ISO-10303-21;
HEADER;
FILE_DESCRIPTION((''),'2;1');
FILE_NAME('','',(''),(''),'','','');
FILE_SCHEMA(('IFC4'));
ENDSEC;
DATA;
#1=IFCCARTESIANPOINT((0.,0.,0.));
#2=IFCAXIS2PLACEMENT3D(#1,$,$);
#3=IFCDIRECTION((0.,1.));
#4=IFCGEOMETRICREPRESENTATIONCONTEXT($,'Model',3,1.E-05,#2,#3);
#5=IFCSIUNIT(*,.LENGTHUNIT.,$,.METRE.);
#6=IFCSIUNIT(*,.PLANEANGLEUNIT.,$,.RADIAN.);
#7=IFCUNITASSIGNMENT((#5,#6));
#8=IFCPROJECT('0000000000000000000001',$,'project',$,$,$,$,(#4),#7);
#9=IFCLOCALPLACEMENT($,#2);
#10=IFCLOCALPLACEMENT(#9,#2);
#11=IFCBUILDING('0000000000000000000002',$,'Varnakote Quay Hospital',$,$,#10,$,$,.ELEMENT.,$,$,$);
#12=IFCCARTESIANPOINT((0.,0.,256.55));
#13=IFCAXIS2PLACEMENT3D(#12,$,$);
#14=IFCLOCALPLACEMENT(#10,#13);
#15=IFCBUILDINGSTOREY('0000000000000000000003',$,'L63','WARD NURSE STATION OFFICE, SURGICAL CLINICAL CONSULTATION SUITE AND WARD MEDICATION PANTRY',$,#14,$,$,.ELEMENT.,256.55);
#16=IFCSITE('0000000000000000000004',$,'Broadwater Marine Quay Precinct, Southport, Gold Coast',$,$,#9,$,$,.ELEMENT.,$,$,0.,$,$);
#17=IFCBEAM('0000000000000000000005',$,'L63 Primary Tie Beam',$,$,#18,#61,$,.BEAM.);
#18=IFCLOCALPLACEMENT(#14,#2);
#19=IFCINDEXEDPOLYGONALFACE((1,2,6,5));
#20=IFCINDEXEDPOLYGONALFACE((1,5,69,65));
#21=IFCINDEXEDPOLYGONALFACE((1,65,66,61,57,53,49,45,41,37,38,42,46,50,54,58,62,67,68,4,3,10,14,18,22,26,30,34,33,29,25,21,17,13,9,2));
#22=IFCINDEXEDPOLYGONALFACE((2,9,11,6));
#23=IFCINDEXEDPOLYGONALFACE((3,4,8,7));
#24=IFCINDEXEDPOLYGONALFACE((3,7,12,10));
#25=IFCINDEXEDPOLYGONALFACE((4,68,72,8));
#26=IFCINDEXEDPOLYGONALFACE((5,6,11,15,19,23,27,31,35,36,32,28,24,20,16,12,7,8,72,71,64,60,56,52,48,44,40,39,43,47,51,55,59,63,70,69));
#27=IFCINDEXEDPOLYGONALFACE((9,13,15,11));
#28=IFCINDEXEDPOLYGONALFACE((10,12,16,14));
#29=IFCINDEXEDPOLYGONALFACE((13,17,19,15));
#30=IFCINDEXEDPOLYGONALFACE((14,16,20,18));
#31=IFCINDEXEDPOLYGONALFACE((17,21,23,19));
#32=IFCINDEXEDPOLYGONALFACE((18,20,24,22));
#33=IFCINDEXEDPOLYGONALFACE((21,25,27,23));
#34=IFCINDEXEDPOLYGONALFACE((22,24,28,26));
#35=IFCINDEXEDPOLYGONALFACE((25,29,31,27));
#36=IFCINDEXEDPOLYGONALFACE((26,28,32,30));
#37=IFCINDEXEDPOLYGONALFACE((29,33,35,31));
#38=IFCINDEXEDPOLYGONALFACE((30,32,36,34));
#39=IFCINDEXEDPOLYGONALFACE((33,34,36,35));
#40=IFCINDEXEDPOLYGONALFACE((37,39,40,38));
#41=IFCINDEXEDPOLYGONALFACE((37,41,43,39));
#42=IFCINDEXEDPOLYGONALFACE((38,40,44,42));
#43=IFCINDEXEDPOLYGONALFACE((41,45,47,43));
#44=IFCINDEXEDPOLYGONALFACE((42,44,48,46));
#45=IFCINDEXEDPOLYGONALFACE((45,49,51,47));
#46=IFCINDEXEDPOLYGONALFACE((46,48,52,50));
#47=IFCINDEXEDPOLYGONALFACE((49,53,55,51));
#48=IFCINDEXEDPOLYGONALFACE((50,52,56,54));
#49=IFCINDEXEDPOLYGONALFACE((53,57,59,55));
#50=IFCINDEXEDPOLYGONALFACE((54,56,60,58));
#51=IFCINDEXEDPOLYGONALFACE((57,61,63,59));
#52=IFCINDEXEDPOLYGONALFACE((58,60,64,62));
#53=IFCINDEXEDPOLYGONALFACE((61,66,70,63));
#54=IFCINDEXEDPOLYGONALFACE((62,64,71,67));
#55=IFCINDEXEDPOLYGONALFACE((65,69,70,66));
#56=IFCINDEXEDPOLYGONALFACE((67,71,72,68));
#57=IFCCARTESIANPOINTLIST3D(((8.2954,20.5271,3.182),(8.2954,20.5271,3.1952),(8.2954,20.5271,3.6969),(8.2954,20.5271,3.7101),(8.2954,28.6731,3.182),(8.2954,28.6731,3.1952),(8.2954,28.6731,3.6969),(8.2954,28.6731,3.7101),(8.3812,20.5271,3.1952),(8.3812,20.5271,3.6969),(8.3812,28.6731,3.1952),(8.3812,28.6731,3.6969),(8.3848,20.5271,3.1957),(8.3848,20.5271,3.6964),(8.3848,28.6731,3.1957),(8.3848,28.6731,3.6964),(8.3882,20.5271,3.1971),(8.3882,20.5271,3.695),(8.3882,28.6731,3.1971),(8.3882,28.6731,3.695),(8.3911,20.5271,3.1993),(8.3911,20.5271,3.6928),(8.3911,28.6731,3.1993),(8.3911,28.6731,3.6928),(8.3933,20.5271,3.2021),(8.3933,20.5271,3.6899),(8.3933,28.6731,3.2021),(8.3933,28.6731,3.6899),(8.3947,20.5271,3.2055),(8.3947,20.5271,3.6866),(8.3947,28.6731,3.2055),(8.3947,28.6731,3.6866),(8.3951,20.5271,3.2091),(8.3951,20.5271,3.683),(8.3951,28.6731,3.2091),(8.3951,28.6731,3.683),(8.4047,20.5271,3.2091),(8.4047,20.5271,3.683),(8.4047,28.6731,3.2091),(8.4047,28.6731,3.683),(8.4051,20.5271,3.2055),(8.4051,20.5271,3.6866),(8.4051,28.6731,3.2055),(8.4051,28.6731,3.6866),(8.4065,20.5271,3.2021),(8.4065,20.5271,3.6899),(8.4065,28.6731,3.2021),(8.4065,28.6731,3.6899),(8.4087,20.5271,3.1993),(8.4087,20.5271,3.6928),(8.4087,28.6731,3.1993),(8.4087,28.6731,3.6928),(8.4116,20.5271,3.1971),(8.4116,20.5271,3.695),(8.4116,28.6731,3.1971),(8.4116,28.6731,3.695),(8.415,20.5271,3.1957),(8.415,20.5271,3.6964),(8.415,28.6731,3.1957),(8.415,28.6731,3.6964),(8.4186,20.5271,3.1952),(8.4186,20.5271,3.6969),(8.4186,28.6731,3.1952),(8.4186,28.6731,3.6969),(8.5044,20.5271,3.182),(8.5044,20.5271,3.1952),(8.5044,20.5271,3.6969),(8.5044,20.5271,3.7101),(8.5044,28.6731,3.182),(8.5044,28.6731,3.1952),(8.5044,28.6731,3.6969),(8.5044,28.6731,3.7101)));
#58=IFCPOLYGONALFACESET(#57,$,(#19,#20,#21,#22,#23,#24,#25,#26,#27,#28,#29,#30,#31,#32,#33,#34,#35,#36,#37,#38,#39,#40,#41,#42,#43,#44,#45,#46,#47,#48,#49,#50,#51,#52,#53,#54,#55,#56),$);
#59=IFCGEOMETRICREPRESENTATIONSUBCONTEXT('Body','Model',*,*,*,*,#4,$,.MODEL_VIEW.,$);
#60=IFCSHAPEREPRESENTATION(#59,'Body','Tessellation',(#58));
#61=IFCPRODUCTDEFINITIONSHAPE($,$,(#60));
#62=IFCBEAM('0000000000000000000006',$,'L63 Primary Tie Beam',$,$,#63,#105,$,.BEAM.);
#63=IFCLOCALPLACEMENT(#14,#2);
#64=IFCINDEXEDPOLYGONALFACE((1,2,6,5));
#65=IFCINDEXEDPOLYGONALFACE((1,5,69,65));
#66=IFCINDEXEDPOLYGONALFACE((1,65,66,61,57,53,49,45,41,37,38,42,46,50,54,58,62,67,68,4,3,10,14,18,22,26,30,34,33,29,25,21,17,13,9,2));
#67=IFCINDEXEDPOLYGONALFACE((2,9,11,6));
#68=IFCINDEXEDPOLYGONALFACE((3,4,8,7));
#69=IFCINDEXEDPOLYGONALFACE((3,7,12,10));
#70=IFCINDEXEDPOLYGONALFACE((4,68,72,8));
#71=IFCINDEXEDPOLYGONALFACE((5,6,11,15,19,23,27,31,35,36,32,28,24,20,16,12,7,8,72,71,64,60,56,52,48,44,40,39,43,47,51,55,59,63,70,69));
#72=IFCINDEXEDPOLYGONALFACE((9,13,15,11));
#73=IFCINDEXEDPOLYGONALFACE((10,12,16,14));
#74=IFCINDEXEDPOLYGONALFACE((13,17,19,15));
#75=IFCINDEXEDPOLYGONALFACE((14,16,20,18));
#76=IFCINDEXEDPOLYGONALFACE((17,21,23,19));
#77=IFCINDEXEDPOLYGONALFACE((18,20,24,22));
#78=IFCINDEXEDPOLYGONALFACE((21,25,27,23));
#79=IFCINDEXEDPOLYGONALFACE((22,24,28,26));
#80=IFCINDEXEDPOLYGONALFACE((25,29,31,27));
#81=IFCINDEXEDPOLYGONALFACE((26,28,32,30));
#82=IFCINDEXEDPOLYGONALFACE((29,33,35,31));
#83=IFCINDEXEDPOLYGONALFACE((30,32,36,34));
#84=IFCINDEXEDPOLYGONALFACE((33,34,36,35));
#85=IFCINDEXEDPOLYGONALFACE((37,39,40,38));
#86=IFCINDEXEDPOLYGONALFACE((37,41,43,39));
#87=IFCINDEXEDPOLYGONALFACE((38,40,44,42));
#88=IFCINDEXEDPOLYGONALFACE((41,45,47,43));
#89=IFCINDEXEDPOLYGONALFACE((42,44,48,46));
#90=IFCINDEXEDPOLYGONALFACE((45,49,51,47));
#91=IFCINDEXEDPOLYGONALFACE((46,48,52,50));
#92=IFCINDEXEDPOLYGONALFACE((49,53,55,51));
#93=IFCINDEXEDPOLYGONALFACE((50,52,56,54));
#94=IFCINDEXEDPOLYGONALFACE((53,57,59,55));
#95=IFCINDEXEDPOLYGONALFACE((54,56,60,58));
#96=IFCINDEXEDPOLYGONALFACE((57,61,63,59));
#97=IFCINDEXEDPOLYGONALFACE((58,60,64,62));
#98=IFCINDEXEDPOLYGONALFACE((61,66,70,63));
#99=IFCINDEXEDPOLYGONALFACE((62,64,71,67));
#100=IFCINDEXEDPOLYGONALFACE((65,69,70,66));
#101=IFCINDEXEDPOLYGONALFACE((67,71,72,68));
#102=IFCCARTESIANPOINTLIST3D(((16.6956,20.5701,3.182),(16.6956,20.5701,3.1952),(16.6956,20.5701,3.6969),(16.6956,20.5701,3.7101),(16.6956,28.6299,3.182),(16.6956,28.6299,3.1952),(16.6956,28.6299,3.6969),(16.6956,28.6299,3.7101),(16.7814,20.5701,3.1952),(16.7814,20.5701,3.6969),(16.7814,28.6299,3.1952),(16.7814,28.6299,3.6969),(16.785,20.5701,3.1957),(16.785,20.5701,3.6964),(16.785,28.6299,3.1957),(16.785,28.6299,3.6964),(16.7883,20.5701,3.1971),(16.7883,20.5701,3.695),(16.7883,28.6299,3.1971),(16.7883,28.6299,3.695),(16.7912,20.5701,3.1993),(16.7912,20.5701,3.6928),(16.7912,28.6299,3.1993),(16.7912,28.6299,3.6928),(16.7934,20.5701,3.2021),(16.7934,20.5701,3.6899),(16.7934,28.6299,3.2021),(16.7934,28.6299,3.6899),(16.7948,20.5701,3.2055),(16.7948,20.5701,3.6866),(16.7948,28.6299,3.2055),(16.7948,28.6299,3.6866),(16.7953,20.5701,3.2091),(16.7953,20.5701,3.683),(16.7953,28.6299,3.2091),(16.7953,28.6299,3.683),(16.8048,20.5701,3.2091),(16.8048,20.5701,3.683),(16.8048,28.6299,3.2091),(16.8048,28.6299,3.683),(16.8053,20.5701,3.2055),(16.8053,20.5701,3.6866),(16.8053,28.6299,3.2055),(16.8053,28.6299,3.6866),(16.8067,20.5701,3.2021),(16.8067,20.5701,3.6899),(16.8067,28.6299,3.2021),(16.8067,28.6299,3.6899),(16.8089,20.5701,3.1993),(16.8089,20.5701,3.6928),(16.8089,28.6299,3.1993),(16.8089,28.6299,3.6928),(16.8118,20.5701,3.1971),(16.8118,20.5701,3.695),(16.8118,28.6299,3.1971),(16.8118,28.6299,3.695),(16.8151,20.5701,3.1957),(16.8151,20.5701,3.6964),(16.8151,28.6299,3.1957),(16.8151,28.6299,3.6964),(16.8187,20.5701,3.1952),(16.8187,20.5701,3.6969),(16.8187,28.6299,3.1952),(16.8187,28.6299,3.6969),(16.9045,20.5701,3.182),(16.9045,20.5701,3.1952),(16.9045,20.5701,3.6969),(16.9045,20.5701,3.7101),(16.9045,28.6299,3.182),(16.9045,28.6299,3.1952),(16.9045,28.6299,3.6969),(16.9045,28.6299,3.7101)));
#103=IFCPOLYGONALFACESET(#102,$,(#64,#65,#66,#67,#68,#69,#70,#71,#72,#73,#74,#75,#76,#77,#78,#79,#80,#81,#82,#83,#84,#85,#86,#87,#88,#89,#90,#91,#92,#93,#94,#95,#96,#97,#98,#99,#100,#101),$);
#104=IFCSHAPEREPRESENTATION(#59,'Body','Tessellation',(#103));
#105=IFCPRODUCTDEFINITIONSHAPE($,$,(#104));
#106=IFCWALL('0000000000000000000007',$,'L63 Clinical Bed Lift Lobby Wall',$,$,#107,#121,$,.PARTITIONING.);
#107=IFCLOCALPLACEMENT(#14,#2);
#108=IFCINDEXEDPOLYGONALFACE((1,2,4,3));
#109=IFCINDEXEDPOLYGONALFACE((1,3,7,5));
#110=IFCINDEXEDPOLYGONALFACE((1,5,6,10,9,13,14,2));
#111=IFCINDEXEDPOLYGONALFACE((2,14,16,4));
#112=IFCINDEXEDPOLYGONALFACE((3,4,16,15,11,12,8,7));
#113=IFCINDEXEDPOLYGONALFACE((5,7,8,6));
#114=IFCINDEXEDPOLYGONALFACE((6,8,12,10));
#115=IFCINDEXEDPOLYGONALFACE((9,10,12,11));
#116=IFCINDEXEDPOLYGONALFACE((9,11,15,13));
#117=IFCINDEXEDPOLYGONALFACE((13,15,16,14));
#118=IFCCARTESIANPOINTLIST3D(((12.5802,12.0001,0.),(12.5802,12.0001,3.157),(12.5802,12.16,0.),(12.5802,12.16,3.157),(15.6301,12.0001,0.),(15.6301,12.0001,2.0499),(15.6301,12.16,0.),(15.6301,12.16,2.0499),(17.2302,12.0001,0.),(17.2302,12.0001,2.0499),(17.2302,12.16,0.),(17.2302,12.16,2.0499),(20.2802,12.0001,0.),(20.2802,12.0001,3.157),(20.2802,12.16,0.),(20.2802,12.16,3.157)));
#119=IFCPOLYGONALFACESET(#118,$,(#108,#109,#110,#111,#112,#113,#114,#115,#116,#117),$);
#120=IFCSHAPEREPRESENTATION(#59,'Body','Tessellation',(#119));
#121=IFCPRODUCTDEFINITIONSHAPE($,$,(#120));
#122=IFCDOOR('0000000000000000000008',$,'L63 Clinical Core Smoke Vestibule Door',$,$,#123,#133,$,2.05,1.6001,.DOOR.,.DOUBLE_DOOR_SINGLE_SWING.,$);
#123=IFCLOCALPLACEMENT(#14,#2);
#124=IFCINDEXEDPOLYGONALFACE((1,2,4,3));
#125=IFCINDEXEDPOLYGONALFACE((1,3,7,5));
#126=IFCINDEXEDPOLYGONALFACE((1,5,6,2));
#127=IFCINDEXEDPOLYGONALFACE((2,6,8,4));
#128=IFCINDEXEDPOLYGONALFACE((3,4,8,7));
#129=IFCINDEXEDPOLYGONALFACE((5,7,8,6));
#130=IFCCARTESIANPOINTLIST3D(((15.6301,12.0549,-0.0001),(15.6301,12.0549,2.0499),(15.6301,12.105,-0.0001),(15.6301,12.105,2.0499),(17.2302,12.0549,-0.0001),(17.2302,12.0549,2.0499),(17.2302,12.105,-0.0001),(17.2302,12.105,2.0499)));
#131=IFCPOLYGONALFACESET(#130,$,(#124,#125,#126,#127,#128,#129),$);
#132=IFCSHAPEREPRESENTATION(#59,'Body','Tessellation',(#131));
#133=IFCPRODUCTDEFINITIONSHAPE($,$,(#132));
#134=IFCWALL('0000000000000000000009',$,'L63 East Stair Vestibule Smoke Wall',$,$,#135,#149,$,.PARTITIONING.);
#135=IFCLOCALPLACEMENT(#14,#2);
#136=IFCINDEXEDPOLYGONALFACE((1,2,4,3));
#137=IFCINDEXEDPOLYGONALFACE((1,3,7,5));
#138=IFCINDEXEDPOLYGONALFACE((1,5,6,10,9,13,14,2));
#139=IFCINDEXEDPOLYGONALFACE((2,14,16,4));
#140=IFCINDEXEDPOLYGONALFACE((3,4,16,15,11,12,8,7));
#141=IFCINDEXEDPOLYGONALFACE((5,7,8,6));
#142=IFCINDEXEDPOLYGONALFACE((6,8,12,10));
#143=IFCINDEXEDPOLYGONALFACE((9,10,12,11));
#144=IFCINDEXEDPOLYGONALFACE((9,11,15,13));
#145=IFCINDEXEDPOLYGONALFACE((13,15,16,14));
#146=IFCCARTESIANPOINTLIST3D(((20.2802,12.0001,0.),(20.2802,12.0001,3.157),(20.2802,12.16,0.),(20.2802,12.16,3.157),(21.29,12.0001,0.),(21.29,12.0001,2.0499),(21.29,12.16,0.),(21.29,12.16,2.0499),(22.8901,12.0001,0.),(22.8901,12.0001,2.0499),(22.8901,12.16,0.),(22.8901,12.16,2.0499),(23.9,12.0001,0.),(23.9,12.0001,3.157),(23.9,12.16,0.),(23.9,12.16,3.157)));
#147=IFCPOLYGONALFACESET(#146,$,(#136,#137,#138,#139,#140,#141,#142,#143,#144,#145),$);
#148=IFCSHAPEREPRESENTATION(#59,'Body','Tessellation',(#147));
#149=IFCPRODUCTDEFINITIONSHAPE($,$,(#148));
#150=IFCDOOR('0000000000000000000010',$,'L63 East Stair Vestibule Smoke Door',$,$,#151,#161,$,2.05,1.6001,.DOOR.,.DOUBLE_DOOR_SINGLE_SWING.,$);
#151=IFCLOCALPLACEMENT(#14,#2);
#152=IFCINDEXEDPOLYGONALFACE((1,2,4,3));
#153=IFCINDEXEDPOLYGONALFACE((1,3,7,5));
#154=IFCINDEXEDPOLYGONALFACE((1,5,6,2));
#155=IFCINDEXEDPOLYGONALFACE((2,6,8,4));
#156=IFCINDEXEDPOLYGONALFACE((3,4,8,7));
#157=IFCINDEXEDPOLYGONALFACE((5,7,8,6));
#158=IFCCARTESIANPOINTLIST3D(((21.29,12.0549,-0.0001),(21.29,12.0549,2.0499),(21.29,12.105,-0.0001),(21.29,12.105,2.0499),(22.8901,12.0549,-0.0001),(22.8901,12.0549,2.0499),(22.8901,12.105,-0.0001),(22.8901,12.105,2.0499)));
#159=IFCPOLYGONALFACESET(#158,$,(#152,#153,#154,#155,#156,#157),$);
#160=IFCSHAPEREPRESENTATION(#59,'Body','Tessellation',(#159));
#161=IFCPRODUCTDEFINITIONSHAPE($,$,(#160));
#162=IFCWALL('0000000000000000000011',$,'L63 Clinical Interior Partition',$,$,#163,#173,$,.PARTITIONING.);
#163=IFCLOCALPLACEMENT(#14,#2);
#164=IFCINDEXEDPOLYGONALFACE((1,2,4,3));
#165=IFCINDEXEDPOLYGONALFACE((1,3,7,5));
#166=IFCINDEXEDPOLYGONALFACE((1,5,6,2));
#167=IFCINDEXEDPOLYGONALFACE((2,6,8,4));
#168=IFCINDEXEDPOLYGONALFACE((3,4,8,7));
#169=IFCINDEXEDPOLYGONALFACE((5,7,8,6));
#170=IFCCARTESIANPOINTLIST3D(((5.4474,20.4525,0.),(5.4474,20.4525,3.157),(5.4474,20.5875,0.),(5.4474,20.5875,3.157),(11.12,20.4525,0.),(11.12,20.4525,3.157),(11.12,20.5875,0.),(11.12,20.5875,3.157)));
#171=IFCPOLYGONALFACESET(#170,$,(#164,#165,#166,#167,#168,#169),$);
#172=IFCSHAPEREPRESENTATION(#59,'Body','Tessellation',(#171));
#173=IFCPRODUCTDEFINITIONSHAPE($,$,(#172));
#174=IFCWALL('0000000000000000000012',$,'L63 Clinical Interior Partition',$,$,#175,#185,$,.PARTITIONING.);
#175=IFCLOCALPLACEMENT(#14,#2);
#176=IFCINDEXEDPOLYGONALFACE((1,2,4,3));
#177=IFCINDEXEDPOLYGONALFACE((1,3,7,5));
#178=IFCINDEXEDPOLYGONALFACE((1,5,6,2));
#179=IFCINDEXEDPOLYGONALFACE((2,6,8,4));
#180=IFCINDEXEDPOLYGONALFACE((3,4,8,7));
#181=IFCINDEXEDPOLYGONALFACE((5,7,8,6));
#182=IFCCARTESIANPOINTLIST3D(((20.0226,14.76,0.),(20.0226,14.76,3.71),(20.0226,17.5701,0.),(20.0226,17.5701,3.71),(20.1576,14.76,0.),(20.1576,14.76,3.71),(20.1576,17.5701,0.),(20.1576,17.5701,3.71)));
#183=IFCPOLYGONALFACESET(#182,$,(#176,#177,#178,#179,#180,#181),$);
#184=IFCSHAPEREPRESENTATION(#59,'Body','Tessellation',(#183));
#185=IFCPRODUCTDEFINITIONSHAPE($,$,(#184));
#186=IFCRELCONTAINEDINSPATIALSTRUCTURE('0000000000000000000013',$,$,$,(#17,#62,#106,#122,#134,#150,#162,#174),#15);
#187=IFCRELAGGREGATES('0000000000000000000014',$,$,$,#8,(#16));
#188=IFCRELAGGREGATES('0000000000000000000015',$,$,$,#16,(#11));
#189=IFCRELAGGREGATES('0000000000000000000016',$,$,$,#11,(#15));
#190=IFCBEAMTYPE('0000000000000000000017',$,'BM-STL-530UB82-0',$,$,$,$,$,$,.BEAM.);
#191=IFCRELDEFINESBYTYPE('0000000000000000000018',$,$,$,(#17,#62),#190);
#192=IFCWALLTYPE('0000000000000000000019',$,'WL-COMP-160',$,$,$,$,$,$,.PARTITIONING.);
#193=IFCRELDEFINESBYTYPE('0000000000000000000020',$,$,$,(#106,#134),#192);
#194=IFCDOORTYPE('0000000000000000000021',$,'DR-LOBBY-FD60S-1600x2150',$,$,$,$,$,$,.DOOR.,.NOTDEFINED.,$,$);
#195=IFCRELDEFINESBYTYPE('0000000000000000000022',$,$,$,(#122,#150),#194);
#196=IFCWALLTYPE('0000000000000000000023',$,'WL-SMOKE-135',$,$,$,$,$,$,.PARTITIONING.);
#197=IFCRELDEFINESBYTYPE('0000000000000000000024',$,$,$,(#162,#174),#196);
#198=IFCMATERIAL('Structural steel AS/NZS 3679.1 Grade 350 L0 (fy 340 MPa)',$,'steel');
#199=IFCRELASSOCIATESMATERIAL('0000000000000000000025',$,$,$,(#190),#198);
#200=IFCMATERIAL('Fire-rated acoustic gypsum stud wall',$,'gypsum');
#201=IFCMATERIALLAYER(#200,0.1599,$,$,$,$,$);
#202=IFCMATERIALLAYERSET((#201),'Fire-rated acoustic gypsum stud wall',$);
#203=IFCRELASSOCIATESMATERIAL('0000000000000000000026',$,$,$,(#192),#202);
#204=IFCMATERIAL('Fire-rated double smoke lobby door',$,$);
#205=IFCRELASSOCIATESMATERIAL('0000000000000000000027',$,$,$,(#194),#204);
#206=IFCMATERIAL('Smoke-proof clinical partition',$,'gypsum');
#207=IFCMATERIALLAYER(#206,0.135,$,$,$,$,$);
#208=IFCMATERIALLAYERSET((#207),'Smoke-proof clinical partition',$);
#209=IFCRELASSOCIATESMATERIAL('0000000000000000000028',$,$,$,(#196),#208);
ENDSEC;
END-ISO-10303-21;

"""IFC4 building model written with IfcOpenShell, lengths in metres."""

from ifc_helpers import new_model, si_unit, direction, frame, frame_2d, origin, origin_2d, place, context, subcontext, project, spatial, rectangle, i_section, extrude, material, layer, layer_set, material_profile, profile_set, type_object, element, fill, save


model = new_model("IFC4")

# Units and contexts
model_context = context("Model", 3, precision=1e-05, world=origin(), true_north=direction((0.0, 1.0)))
body_context = subcontext(model_context, "Body", "Model", "MODEL_VIEW")
ifc_project = project(units=[si_unit("LENGTHUNIT", "METRE"), si_unit("PLANEANGLEUNIT", "RADIAN")], contexts=[model_context])

# Site, building, storey
site_placement = place(None, origin())
site = spatial("IfcSite", under=ifc_project, at=site_placement, Name="Broadwater Marine Quay Precinct, Southport, Gold Coast", CompositionType="ELEMENT", RefElevation=0.0)
building_placement = place(site_placement, origin())
building = spatial("IfcBuilding", under=site, at=building_placement, Name="Varnakote Quay Hospital", CompositionType="ELEMENT")
storey_placement = place(building_placement, frame((0.0, 0.0, 256.55)))
storey = spatial("IfcBuildingStorey", under=building, at=storey_placement, Name="L63", Description="WARD NURSE STATION OFFICE, SURGICAL CLINICAL CONSULTATION SUITE AND WARD MEDICATION PANTRY", CompositionType="ELEMENT", Elevation=256.55)

# Beams
ifc_material_1 = material(Name="Structural steel AS/NZS 3679.1 Grade 350 L0 (fy 340 MPa)", Category="steel")
ifc_material_profile_1 = material_profile(ifc_material_1, i_section(OverallWidth=0.209, OverallDepth=0.5281, WebThickness=0.0095, FlangeThickness=0.0132, FilletRadius=0.0139, at=origin_2d()), Name="530UB82.0")
ifc_profile_set_1 = profile_set([ifc_material_profile_1], Name="Structural steel AS/NZS 3679.1 Grade 350 L0 (fy 340 MPa)")
beam_type = type_object("IfcBeamType", Name="BM-STL-530UB82-0", PredefinedType="BEAM", material=ifc_profile_set_1)
beam_1_placement = place(storey_placement, frame((8.3999, 20.5271, 3.446), z_axis=(0.0, 1.0, 0.0), x_axis=(-1.0, 0.0, 0.0)))
element("IfcBeam", 1, at=beam_1_placement, inside=storey, type_object=beam_type, Name="L63 Primary Tie Beam", PredefinedType="BEAM", context=body_context, shape_type="SweptSolid", body=[
    extrude(i_section(OverallWidth=0.209, OverallDepth=0.5281, WebThickness=0.0095, FlangeThickness=0.0132, FilletRadius=0.0139, at=origin_2d()), origin(), (0.0, 0.0, 1.0), 8.146),
])
beam_2_placement = place(storey_placement, frame((16.8, 20.5701, 3.446), z_axis=(0.0, 1.0, 0.0), x_axis=(-1.0, 0.0, 0.0)))
element("IfcBeam", 2, at=beam_2_placement, inside=storey, type_object=beam_type, Name="L63 Primary Tie Beam", PredefinedType="BEAM", context=body_context, shape_type="SweptSolid", body=[
    extrude(i_section(OverallWidth=0.209, OverallDepth=0.5281, WebThickness=0.0095, FlangeThickness=0.0132, FilletRadius=0.0139, at=origin_2d()), origin(), (0.0, 0.0, 1.0), 8.0598),
])

# Walls, openings, doors
ifc_material_2 = material(Name="Fire-rated acoustic gypsum stud wall", Category="gypsum")
ifc_layer_1 = layer(ifc_material_2, 0.1599)
ifc_layer_set_1 = layer_set([ifc_layer_1], Name="Fire-rated acoustic gypsum stud wall")
wall_type_1 = type_object("IfcWallType", Name="WL-COMP-160", PredefinedType="PARTITIONING", material=ifc_layer_set_1)
wall_1_placement = place(storey_placement, frame((12.5801, 12.0801, 0.0), z_axis=(0.0, 0.0, 1.0), x_axis=(1.0, 0.0, 0.0)))
wall_1 = element("IfcWall", 3, at=wall_1_placement, inside=storey, type_object=wall_type_1, Name="L63 Clinical Bed Lift Lobby Wall", PredefinedType="PARTITIONING", context=body_context, shape_type="SweptSolid", body=[
    extrude(rectangle(XDim=7.7, YDim=0.1599, at=frame_2d((3.8501, 0.0))), origin(), (0.0, 0.0, 1.0), 3.157),
])
opening_1_placement = place(wall_1_placement, frame((3.05, 0.0, 0.0)))
opening_1 = element("IfcOpeningElement", 4, at=opening_1_placement, cuts=wall_1, PredefinedType="OPENING", context=body_context, shape_type="SweptSolid", body=[
    extrude(rectangle(XDim=1.6001, YDim=2.05, at=frame_2d((0.8, 1.0249))), frame((0.0, 0.0898, 0.0), z_axis=(0.0, -1.0, 0.0), x_axis=(1.0, 0.0, 0.0)), (0.0, 0.0, 1.0), 0.1799),
])
ifc_material_3 = material(Name="Fire-rated double smoke lobby door")
door_type_1 = type_object("IfcDoorType", Name="DR-LOBBY-FD60S-1600x2150", OperationType="NOTDEFINED", PredefinedType="DOOR", material=ifc_material_3)
door_1_placement = place(opening_1_placement, origin())
door_1 = element("IfcDoor", 5, at=door_1_placement, inside=storey, type_object=door_type_1, Name="L63 Clinical Core Smoke Vestibule Door", OperationType="DOUBLE_DOOR_SINGLE_SWING", OverallHeight=2.05, OverallWidth=1.6001, PredefinedType="DOOR", context=body_context, shape_type="SweptSolid", body=[
    extrude(rectangle(XDim=1.6001, YDim=2.05, at=frame_2d((0.8, 1.0249))), frame((0.0, 0.0249, 0.0), z_axis=(0.0, -1.0, 0.0), x_axis=(1.0, 0.0, 0.0)), (0.0, 0.0, 1.0), 0.05),
])
fill(opening_1, door_1)
wall_2_placement = place(storey_placement, frame((20.28, 12.0801, 0.0), z_axis=(0.0, 0.0, 1.0), x_axis=(1.0, 0.0, 0.0)))
wall_2 = element("IfcWall", 6, at=wall_2_placement, inside=storey, type_object=wall_type_1, Name="L63 East Stair Vestibule Smoke Wall", PredefinedType="PARTITIONING", context=body_context, shape_type="SweptSolid", body=[
    extrude(rectangle(XDim=3.6199, YDim=0.1599, at=frame_2d((1.8101, 0.0))), origin(), (0.0, 0.0, 1.0), 3.157),
])
opening_2_placement = place(wall_2_placement, frame((1.01, 0.0, 0.0)))
opening_2 = element("IfcOpeningElement", 7, at=opening_2_placement, cuts=wall_2, PredefinedType="OPENING", context=body_context, shape_type="SweptSolid", body=[
    extrude(rectangle(XDim=1.6001, YDim=2.05, at=frame_2d((0.8, 1.0249))), frame((0.0, 0.0898, 0.0), z_axis=(0.0, -1.0, 0.0), x_axis=(1.0, 0.0, 0.0)), (0.0, 0.0, 1.0), 0.1799),
])
door_2_placement = place(opening_2_placement, origin())
door_2 = element("IfcDoor", 8, at=door_2_placement, inside=storey, type_object=door_type_1, Name="L63 East Stair Vestibule Smoke Door", OperationType="DOUBLE_DOOR_SINGLE_SWING", OverallHeight=2.05, OverallWidth=1.6001, PredefinedType="DOOR", context=body_context, shape_type="SweptSolid", body=[
    extrude(rectangle(XDim=1.6001, YDim=2.05, at=frame_2d((0.8, 1.0249))), frame((0.0, 0.0249, 0.0), z_axis=(0.0, -1.0, 0.0), x_axis=(1.0, 0.0, 0.0)), (0.0, 0.0, 1.0), 0.05),
])
fill(opening_2, door_2)

# Walls
ifc_material_4 = material(Name="Smoke-proof clinical partition", Category="gypsum")
ifc_layer_2 = layer(ifc_material_4, 0.135)
ifc_layer_set_2 = layer_set([ifc_layer_2], Name="Smoke-proof clinical partition")
wall_type_2 = type_object("IfcWallType", Name="WL-SMOKE-135", PredefinedType="PARTITIONING", material=ifc_layer_set_2)
wall_3_placement = place(storey_placement, frame((11.1201, 20.52, 0.0), z_axis=(0.0, 0.0, 1.0), x_axis=(-1.0, 0.0, 0.0)))
element("IfcWall", 9, at=wall_3_placement, inside=storey, type_object=wall_type_2, Name="L63 Clinical Interior Partition", PredefinedType="PARTITIONING", context=body_context, shape_type="SweptSolid", body=[
    extrude(rectangle(XDim=5.6726, YDim=0.135, at=frame_2d((2.8364, 0.0))), origin(), (0.0, 0.0, 1.0), 3.157),
])
wall_4_placement = place(storey_placement, frame((20.0901, 14.76, 0.0), z_axis=(0.0, 0.0, 1.0), x_axis=(0.0, 1.0, 0.0)))
element("IfcWall", 10, at=wall_4_placement, inside=storey, type_object=wall_type_2, Name="L63 Clinical Interior Partition", PredefinedType="PARTITIONING", context=body_context, shape_type="SweptSolid", body=[
    extrude(rectangle(XDim=2.8101, YDim=0.135, at=frame_2d((1.405, 0.0))), origin(), (0.0, 0.0, 1.0), 3.71),
])

save(model, "model.ifc")
